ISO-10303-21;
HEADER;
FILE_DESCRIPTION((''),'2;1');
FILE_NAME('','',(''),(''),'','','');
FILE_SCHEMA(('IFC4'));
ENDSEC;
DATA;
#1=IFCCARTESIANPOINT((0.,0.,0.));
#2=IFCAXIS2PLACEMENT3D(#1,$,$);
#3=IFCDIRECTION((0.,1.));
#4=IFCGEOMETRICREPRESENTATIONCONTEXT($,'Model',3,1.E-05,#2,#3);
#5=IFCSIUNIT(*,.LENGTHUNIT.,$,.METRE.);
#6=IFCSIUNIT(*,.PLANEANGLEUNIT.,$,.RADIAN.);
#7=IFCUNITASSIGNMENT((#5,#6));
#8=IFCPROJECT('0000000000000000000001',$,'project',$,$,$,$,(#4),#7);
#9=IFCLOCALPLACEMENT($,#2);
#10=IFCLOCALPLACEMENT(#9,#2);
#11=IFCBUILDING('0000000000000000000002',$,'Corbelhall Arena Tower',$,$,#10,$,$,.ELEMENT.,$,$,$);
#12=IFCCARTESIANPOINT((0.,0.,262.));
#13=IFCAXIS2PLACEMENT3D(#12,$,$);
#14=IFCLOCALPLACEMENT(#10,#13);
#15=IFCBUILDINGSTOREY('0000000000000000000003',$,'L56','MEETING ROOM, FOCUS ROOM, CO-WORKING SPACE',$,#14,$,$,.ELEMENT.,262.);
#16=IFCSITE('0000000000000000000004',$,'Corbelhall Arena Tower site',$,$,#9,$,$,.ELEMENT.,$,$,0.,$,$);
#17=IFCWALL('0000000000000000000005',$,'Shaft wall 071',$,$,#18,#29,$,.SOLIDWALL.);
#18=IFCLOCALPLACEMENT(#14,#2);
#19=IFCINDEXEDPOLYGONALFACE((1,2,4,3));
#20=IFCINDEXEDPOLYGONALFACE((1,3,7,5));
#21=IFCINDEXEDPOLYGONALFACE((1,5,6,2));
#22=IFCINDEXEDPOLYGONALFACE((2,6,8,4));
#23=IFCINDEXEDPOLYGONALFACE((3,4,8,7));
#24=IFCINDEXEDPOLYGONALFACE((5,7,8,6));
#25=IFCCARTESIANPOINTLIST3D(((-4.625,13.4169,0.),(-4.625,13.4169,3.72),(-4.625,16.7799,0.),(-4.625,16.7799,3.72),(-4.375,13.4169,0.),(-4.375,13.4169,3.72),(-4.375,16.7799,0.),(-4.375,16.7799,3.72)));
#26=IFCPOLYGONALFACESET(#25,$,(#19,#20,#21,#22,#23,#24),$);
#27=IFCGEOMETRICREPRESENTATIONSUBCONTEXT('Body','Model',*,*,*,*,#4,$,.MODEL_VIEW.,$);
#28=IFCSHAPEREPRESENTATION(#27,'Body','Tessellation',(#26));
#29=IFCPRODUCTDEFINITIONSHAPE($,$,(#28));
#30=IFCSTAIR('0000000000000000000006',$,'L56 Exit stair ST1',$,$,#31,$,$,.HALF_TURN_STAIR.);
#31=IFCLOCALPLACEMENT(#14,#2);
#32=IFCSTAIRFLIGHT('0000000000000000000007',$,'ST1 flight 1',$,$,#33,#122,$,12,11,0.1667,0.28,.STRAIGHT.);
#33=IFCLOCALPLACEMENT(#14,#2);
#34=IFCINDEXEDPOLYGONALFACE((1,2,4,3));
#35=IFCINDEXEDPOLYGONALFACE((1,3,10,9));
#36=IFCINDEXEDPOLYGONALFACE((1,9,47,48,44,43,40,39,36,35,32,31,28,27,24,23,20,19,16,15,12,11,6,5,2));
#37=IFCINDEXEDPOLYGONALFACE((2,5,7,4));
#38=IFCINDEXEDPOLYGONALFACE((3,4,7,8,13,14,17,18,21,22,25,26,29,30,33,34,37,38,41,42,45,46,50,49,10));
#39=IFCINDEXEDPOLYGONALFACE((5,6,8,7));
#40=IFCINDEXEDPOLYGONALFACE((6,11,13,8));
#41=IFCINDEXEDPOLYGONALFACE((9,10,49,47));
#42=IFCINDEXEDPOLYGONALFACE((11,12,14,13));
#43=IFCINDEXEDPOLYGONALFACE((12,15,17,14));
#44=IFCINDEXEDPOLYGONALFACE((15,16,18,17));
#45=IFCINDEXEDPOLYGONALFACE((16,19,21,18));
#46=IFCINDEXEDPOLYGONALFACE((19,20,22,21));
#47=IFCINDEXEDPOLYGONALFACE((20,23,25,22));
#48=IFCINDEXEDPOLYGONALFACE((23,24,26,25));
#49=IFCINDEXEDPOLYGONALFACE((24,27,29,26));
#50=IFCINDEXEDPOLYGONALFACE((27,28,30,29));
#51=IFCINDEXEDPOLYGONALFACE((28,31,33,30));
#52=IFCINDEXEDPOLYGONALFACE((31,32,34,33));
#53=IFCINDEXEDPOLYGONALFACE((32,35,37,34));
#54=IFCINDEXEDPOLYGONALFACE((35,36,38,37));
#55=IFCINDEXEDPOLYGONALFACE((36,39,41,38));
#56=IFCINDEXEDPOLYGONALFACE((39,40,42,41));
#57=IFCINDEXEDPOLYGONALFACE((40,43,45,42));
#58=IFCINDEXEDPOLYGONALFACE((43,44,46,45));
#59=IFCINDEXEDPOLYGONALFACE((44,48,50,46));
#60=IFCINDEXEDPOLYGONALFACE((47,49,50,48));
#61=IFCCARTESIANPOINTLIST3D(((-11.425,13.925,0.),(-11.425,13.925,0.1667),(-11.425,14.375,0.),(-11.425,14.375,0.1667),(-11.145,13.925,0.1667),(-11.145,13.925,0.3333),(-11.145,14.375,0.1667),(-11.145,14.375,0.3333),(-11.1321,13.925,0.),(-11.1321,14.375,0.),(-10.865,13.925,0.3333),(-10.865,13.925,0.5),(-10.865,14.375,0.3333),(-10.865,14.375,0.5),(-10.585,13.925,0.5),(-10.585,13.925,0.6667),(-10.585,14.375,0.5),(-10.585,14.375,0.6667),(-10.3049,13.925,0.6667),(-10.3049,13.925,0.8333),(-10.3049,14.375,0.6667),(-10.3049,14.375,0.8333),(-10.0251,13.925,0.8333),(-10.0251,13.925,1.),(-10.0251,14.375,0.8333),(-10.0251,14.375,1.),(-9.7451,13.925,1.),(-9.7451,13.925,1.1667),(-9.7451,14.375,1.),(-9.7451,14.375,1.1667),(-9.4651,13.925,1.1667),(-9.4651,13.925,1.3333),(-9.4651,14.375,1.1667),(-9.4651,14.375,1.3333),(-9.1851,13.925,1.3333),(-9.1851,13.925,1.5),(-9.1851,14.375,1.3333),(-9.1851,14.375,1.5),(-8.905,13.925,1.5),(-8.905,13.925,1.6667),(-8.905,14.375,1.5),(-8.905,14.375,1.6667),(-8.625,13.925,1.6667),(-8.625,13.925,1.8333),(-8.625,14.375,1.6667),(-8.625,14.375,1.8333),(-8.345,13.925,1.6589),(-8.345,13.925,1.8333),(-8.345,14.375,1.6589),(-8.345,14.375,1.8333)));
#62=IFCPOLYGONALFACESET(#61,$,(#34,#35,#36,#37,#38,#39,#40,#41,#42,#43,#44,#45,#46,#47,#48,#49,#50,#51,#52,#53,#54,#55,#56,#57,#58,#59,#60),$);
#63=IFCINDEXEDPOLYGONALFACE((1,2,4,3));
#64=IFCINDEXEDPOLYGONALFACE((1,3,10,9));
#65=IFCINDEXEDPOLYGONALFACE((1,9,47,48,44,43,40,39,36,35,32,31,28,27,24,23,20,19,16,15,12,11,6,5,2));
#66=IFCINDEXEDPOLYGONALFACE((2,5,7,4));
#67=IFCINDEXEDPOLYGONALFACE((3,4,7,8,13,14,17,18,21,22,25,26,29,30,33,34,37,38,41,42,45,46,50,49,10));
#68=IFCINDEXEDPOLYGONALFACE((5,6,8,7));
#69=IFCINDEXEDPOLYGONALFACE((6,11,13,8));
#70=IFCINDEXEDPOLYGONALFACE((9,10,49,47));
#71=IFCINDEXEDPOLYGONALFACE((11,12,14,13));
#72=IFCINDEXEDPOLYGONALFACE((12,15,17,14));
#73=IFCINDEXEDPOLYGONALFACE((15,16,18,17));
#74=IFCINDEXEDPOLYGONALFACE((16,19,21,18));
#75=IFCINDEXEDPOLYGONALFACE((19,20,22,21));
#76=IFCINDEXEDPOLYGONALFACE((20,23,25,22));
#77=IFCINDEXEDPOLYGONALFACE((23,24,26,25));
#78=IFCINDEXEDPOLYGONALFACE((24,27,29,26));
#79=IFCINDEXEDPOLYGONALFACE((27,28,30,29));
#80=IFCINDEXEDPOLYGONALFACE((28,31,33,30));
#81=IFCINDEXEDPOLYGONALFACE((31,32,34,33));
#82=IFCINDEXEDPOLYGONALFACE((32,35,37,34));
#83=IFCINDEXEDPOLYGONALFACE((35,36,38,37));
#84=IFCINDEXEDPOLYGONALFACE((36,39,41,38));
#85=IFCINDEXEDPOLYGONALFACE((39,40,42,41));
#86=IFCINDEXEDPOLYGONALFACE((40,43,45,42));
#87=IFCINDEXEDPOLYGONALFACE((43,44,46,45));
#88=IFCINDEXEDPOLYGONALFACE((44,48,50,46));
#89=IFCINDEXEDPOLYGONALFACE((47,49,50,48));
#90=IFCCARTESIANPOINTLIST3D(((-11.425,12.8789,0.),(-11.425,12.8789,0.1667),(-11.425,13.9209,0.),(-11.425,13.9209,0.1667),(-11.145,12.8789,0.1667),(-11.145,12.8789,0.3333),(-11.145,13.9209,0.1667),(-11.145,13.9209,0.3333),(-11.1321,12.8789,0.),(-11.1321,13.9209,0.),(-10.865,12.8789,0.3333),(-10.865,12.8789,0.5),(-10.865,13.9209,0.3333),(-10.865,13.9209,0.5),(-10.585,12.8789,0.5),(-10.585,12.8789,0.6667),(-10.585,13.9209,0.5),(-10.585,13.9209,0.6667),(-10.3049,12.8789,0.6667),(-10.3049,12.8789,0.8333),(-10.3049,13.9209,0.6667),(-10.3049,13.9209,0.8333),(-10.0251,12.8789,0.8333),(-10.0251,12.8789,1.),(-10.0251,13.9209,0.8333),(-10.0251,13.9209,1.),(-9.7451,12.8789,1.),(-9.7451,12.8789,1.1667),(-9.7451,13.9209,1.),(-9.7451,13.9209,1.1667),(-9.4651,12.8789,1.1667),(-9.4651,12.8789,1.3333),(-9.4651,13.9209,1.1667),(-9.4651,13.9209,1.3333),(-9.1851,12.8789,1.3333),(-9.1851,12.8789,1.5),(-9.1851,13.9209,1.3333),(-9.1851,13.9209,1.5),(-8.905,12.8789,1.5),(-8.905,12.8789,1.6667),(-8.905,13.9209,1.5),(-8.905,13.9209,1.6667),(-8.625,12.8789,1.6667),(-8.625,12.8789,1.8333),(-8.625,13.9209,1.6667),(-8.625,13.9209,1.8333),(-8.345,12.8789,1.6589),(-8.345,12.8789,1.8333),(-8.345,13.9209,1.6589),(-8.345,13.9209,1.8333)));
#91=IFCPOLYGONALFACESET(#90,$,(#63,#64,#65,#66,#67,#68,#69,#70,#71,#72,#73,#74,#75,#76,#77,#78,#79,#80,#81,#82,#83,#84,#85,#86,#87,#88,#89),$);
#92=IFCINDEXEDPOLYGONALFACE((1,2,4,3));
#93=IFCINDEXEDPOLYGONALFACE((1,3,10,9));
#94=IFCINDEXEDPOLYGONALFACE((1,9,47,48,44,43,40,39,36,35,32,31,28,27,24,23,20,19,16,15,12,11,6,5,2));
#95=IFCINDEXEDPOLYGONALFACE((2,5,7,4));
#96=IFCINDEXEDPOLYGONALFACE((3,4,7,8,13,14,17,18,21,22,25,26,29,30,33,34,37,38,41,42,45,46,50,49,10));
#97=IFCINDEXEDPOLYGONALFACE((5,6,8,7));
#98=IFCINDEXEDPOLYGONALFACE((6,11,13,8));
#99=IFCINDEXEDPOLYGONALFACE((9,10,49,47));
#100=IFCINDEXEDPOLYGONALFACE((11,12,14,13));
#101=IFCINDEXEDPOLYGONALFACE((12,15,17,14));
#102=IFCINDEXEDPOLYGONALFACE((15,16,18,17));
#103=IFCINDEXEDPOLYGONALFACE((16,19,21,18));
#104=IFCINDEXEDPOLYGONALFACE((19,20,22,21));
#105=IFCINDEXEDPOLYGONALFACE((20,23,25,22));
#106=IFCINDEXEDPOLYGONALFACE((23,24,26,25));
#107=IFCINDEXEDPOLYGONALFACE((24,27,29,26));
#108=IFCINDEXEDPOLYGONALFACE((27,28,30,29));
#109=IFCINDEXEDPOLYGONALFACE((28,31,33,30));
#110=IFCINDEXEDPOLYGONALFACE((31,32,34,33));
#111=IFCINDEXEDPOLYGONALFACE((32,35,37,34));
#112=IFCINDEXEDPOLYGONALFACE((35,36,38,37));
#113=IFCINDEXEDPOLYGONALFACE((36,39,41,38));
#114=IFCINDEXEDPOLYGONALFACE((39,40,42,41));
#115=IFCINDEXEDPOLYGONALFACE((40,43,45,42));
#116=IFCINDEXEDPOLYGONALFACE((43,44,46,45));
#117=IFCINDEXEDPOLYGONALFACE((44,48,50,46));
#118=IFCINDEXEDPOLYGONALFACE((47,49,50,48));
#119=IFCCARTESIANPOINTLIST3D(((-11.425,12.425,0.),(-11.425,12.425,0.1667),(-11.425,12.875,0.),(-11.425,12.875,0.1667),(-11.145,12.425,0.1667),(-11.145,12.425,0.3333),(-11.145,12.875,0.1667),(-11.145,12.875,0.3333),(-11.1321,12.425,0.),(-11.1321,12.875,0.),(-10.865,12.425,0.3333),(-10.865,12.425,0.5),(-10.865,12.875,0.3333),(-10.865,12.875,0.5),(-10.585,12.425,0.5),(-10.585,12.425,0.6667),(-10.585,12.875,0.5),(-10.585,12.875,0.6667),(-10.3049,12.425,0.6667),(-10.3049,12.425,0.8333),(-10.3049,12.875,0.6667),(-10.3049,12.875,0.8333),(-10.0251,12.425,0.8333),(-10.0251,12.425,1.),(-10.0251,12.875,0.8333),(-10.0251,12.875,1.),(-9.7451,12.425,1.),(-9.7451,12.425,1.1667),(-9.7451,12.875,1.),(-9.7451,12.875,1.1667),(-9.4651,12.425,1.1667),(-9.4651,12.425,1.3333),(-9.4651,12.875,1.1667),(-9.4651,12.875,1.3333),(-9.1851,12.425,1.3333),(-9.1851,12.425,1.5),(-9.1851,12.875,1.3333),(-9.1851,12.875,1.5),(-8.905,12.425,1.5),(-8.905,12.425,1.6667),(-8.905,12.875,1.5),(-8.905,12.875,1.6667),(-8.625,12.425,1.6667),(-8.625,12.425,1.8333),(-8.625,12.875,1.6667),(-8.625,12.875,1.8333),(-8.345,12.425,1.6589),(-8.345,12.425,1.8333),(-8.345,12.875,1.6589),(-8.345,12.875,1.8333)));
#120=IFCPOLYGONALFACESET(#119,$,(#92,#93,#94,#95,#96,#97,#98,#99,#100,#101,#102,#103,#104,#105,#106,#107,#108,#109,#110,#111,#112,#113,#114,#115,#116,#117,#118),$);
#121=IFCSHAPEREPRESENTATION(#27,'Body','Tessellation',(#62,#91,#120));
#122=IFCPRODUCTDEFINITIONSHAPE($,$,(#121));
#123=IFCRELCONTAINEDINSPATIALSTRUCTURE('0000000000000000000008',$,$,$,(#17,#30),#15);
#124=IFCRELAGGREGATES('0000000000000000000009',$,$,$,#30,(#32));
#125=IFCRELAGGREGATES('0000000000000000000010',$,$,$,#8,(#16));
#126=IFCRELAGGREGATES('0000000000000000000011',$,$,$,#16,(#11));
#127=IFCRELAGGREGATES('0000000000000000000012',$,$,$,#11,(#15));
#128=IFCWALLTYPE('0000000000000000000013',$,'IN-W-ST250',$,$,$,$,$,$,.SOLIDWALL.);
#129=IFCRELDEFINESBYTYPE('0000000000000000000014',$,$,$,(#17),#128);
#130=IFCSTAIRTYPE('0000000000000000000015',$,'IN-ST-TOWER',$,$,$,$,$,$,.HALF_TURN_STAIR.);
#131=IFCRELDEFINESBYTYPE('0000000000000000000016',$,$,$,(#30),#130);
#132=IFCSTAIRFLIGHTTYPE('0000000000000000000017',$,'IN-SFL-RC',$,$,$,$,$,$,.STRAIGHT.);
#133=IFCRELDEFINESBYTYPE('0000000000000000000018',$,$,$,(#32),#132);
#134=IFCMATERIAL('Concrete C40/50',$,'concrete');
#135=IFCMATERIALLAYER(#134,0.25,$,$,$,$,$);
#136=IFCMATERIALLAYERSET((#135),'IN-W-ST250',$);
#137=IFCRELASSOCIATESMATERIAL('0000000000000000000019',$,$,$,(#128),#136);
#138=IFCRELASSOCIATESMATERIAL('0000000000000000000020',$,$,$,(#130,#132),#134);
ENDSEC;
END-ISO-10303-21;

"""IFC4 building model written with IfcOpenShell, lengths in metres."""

from ifc_helpers import new_model, si_unit, direction, frame, frame_2d, origin, place, context, subcontext, project, spatial, polyline, rectangle, outline, extrude, material, layer, layer_set, type_object, element, aggregate, save


model = new_model("IFC4")

# Units and contexts
model_context = context("Model", 3, precision=1e-05, world=origin(), true_north=direction((0.0, 1.0)))
body_context = subcontext(model_context, "Body", "Model", "MODEL_VIEW")
ifc_project = project(units=[si_unit("LENGTHUNIT", "METRE"), si_unit("PLANEANGLEUNIT", "RADIAN")], contexts=[model_context])

# Site, building, storey
site_placement = place(None, origin())
site = spatial("IfcSite", under=ifc_project, at=site_placement, Name="Corbelhall Arena Tower site", CompositionType="ELEMENT", RefElevation=0.0)
building_placement = place(site_placement, origin())
building = spatial("IfcBuilding", under=site, at=building_placement, Name="Corbelhall Arena Tower", CompositionType="ELEMENT")
storey_placement = place(building_placement, frame((0.0, 0.0, 262.0)))
storey = spatial("IfcBuildingStorey", under=building, at=storey_placement, Name="L56", Description="MEETING ROOM, FOCUS ROOM, CO-WORKING SPACE", CompositionType="ELEMENT", Elevation=262.0)

# Wall
ifc_material_1 = material(Name="Concrete C40/50", Category="concrete")
ifc_layer_1 = layer(ifc_material_1, 0.25)
ifc_layer_set_1 = layer_set([ifc_layer_1], Name="IN-W-ST250")
wall_type_1 = type_object("IfcWallType", Name="IN-W-ST250", PredefinedType="SOLIDWALL", material=ifc_layer_set_1)
wall_1_placement = place(storey_placement, frame((-4.5, 16.78, 0.0), z_axis=(0.0, 0.0, 1.0), x_axis=(0.0, -1.0, 0.0)))
element("IfcWall", 1, at=wall_1_placement, inside=storey, type_object=wall_type_1, Name="Shaft wall 071", PredefinedType="SOLIDWALL", context=body_context, shape_type="SweptSolid", body=[
    extrude(rectangle(XDim=3.363, YDim=0.25, at=frame_2d((1.6816, 0.0))), origin(), (0.0, 0.0, 1.0), 3.72),
])

# Stair, stair flight
stair_type = type_object("IfcStairType", Name="IN-ST-TOWER", PredefinedType="HALF_TURN_STAIR", material=ifc_material_1)
stair_placement = place(storey_placement, origin())
stair = element("IfcStair", 2, at=stair_placement, inside=storey, type_object=stair_type, Name="L56 Exit stair ST1", PredefinedType="HALF_TURN_STAIR")
stair_flight_type = type_object("IfcStairFlightType", Name="IN-SFL-RC", PredefinedType="STRAIGHT", material=ifc_material_1)
stair_flight_1_placement = place(storey_placement, frame((-11.425, 13.3999, 0.0), z_axis=(0.0, 0.0, 1.0), x_axis=(1.0, 0.0, 0.0)))
stair_flight_1 = element("IfcStairFlight", 3, at=stair_flight_1_placement, type_object=stair_flight_type, Name="ST1 flight 1", NumberOfRisers=12, NumberOfTreads=11, PredefinedType="STRAIGHT", RiserHeight=0.1667, TreadLength=0.28, context=body_context, shape_type="SweptSolid", body=[
    extrude(outline(polyline([(0.0, 0.0), (0.0, 0.1667), (0.28, 0.1667), (0.28, 0.3333), (0.5601, 0.3333), (0.5601, 0.5), (0.8401, 0.5), (0.8401, 0.6667), (1.1201, 0.6667), (1.1201, 0.8333), (1.3999, 0.8333), (1.3999, 1.0), (1.6799, 1.0), (1.6799, 1.1667), (1.96, 1.1667), (1.96, 1.3333), (2.24, 1.3333), (2.24, 1.5), (2.52, 1.5), (2.52, 1.6667), (2.8, 1.6667), (2.8, 1.8333), (3.0801, 1.8333), (3.0801, 2.0), (3.0801, 1.6589), (0.293, 0.0), (0.0, 0.0)])), frame((0.0, 0.9751, 0.0), z_axis=(0.0, -1.0, 0.0), x_axis=(1.0, 0.0, 0.0)), (0.0, 0.0, 1.0), 0.45),
    extrude(outline(polyline([(0.0, 0.0), (0.0, 0.1667), (0.28, 0.1667), (0.28, 0.3333), (0.5601, 0.3333), (0.5601, 0.5), (0.8401, 0.5), (0.8401, 0.6667), (1.1201, 0.6667), (1.1201, 0.8333), (1.3999, 0.8333), (1.3999, 1.0), (1.6799, 1.0), (1.6799, 1.1667), (1.96, 1.1667), (1.96, 1.3333), (2.24, 1.3333), (2.24, 1.5), (2.52, 1.5), (2.52, 1.6667), (2.8, 1.6667), (2.8, 1.8333), (3.0801, 1.8333), (3.0801, 2.0), (3.0801, 1.6589), (0.293, 0.0), (0.0, 0.0)])), frame((0.0, 0.521, 0.0), z_axis=(0.0, -1.0, 0.0), x_axis=(1.0, 0.0, 0.0)), (0.0, 0.0, 1.0), 1.042),
    extrude(outline(polyline([(0.0, 0.0), (0.0, 0.1667), (0.28, 0.1667), (0.28, 0.3333), (0.5601, 0.3333), (0.5601, 0.5), (0.8401, 0.5), (0.8401, 0.6667), (1.1201, 0.6667), (1.1201, 0.8333), (1.3999, 0.8333), (1.3999, 1.0), (1.6799, 1.0), (1.6799, 1.1667), (1.96, 1.1667), (1.96, 1.3333), (2.24, 1.3333), (2.24, 1.5), (2.52, 1.5), (2.52, 1.6667), (2.8, 1.6667), (2.8, 1.8333), (3.0801, 1.8333), (3.0801, 2.0), (3.0801, 1.6589), (0.293, 0.0), (0.0, 0.0)])), frame((0.0, -0.5249, 0.0), z_axis=(0.0, -1.0, 0.0), x_axis=(1.0, 0.0, 0.0)), (0.0, 0.0, 1.0), 0.45),
])
aggregate(stair, [stair_flight_1])

save(model, "model.ifc")
